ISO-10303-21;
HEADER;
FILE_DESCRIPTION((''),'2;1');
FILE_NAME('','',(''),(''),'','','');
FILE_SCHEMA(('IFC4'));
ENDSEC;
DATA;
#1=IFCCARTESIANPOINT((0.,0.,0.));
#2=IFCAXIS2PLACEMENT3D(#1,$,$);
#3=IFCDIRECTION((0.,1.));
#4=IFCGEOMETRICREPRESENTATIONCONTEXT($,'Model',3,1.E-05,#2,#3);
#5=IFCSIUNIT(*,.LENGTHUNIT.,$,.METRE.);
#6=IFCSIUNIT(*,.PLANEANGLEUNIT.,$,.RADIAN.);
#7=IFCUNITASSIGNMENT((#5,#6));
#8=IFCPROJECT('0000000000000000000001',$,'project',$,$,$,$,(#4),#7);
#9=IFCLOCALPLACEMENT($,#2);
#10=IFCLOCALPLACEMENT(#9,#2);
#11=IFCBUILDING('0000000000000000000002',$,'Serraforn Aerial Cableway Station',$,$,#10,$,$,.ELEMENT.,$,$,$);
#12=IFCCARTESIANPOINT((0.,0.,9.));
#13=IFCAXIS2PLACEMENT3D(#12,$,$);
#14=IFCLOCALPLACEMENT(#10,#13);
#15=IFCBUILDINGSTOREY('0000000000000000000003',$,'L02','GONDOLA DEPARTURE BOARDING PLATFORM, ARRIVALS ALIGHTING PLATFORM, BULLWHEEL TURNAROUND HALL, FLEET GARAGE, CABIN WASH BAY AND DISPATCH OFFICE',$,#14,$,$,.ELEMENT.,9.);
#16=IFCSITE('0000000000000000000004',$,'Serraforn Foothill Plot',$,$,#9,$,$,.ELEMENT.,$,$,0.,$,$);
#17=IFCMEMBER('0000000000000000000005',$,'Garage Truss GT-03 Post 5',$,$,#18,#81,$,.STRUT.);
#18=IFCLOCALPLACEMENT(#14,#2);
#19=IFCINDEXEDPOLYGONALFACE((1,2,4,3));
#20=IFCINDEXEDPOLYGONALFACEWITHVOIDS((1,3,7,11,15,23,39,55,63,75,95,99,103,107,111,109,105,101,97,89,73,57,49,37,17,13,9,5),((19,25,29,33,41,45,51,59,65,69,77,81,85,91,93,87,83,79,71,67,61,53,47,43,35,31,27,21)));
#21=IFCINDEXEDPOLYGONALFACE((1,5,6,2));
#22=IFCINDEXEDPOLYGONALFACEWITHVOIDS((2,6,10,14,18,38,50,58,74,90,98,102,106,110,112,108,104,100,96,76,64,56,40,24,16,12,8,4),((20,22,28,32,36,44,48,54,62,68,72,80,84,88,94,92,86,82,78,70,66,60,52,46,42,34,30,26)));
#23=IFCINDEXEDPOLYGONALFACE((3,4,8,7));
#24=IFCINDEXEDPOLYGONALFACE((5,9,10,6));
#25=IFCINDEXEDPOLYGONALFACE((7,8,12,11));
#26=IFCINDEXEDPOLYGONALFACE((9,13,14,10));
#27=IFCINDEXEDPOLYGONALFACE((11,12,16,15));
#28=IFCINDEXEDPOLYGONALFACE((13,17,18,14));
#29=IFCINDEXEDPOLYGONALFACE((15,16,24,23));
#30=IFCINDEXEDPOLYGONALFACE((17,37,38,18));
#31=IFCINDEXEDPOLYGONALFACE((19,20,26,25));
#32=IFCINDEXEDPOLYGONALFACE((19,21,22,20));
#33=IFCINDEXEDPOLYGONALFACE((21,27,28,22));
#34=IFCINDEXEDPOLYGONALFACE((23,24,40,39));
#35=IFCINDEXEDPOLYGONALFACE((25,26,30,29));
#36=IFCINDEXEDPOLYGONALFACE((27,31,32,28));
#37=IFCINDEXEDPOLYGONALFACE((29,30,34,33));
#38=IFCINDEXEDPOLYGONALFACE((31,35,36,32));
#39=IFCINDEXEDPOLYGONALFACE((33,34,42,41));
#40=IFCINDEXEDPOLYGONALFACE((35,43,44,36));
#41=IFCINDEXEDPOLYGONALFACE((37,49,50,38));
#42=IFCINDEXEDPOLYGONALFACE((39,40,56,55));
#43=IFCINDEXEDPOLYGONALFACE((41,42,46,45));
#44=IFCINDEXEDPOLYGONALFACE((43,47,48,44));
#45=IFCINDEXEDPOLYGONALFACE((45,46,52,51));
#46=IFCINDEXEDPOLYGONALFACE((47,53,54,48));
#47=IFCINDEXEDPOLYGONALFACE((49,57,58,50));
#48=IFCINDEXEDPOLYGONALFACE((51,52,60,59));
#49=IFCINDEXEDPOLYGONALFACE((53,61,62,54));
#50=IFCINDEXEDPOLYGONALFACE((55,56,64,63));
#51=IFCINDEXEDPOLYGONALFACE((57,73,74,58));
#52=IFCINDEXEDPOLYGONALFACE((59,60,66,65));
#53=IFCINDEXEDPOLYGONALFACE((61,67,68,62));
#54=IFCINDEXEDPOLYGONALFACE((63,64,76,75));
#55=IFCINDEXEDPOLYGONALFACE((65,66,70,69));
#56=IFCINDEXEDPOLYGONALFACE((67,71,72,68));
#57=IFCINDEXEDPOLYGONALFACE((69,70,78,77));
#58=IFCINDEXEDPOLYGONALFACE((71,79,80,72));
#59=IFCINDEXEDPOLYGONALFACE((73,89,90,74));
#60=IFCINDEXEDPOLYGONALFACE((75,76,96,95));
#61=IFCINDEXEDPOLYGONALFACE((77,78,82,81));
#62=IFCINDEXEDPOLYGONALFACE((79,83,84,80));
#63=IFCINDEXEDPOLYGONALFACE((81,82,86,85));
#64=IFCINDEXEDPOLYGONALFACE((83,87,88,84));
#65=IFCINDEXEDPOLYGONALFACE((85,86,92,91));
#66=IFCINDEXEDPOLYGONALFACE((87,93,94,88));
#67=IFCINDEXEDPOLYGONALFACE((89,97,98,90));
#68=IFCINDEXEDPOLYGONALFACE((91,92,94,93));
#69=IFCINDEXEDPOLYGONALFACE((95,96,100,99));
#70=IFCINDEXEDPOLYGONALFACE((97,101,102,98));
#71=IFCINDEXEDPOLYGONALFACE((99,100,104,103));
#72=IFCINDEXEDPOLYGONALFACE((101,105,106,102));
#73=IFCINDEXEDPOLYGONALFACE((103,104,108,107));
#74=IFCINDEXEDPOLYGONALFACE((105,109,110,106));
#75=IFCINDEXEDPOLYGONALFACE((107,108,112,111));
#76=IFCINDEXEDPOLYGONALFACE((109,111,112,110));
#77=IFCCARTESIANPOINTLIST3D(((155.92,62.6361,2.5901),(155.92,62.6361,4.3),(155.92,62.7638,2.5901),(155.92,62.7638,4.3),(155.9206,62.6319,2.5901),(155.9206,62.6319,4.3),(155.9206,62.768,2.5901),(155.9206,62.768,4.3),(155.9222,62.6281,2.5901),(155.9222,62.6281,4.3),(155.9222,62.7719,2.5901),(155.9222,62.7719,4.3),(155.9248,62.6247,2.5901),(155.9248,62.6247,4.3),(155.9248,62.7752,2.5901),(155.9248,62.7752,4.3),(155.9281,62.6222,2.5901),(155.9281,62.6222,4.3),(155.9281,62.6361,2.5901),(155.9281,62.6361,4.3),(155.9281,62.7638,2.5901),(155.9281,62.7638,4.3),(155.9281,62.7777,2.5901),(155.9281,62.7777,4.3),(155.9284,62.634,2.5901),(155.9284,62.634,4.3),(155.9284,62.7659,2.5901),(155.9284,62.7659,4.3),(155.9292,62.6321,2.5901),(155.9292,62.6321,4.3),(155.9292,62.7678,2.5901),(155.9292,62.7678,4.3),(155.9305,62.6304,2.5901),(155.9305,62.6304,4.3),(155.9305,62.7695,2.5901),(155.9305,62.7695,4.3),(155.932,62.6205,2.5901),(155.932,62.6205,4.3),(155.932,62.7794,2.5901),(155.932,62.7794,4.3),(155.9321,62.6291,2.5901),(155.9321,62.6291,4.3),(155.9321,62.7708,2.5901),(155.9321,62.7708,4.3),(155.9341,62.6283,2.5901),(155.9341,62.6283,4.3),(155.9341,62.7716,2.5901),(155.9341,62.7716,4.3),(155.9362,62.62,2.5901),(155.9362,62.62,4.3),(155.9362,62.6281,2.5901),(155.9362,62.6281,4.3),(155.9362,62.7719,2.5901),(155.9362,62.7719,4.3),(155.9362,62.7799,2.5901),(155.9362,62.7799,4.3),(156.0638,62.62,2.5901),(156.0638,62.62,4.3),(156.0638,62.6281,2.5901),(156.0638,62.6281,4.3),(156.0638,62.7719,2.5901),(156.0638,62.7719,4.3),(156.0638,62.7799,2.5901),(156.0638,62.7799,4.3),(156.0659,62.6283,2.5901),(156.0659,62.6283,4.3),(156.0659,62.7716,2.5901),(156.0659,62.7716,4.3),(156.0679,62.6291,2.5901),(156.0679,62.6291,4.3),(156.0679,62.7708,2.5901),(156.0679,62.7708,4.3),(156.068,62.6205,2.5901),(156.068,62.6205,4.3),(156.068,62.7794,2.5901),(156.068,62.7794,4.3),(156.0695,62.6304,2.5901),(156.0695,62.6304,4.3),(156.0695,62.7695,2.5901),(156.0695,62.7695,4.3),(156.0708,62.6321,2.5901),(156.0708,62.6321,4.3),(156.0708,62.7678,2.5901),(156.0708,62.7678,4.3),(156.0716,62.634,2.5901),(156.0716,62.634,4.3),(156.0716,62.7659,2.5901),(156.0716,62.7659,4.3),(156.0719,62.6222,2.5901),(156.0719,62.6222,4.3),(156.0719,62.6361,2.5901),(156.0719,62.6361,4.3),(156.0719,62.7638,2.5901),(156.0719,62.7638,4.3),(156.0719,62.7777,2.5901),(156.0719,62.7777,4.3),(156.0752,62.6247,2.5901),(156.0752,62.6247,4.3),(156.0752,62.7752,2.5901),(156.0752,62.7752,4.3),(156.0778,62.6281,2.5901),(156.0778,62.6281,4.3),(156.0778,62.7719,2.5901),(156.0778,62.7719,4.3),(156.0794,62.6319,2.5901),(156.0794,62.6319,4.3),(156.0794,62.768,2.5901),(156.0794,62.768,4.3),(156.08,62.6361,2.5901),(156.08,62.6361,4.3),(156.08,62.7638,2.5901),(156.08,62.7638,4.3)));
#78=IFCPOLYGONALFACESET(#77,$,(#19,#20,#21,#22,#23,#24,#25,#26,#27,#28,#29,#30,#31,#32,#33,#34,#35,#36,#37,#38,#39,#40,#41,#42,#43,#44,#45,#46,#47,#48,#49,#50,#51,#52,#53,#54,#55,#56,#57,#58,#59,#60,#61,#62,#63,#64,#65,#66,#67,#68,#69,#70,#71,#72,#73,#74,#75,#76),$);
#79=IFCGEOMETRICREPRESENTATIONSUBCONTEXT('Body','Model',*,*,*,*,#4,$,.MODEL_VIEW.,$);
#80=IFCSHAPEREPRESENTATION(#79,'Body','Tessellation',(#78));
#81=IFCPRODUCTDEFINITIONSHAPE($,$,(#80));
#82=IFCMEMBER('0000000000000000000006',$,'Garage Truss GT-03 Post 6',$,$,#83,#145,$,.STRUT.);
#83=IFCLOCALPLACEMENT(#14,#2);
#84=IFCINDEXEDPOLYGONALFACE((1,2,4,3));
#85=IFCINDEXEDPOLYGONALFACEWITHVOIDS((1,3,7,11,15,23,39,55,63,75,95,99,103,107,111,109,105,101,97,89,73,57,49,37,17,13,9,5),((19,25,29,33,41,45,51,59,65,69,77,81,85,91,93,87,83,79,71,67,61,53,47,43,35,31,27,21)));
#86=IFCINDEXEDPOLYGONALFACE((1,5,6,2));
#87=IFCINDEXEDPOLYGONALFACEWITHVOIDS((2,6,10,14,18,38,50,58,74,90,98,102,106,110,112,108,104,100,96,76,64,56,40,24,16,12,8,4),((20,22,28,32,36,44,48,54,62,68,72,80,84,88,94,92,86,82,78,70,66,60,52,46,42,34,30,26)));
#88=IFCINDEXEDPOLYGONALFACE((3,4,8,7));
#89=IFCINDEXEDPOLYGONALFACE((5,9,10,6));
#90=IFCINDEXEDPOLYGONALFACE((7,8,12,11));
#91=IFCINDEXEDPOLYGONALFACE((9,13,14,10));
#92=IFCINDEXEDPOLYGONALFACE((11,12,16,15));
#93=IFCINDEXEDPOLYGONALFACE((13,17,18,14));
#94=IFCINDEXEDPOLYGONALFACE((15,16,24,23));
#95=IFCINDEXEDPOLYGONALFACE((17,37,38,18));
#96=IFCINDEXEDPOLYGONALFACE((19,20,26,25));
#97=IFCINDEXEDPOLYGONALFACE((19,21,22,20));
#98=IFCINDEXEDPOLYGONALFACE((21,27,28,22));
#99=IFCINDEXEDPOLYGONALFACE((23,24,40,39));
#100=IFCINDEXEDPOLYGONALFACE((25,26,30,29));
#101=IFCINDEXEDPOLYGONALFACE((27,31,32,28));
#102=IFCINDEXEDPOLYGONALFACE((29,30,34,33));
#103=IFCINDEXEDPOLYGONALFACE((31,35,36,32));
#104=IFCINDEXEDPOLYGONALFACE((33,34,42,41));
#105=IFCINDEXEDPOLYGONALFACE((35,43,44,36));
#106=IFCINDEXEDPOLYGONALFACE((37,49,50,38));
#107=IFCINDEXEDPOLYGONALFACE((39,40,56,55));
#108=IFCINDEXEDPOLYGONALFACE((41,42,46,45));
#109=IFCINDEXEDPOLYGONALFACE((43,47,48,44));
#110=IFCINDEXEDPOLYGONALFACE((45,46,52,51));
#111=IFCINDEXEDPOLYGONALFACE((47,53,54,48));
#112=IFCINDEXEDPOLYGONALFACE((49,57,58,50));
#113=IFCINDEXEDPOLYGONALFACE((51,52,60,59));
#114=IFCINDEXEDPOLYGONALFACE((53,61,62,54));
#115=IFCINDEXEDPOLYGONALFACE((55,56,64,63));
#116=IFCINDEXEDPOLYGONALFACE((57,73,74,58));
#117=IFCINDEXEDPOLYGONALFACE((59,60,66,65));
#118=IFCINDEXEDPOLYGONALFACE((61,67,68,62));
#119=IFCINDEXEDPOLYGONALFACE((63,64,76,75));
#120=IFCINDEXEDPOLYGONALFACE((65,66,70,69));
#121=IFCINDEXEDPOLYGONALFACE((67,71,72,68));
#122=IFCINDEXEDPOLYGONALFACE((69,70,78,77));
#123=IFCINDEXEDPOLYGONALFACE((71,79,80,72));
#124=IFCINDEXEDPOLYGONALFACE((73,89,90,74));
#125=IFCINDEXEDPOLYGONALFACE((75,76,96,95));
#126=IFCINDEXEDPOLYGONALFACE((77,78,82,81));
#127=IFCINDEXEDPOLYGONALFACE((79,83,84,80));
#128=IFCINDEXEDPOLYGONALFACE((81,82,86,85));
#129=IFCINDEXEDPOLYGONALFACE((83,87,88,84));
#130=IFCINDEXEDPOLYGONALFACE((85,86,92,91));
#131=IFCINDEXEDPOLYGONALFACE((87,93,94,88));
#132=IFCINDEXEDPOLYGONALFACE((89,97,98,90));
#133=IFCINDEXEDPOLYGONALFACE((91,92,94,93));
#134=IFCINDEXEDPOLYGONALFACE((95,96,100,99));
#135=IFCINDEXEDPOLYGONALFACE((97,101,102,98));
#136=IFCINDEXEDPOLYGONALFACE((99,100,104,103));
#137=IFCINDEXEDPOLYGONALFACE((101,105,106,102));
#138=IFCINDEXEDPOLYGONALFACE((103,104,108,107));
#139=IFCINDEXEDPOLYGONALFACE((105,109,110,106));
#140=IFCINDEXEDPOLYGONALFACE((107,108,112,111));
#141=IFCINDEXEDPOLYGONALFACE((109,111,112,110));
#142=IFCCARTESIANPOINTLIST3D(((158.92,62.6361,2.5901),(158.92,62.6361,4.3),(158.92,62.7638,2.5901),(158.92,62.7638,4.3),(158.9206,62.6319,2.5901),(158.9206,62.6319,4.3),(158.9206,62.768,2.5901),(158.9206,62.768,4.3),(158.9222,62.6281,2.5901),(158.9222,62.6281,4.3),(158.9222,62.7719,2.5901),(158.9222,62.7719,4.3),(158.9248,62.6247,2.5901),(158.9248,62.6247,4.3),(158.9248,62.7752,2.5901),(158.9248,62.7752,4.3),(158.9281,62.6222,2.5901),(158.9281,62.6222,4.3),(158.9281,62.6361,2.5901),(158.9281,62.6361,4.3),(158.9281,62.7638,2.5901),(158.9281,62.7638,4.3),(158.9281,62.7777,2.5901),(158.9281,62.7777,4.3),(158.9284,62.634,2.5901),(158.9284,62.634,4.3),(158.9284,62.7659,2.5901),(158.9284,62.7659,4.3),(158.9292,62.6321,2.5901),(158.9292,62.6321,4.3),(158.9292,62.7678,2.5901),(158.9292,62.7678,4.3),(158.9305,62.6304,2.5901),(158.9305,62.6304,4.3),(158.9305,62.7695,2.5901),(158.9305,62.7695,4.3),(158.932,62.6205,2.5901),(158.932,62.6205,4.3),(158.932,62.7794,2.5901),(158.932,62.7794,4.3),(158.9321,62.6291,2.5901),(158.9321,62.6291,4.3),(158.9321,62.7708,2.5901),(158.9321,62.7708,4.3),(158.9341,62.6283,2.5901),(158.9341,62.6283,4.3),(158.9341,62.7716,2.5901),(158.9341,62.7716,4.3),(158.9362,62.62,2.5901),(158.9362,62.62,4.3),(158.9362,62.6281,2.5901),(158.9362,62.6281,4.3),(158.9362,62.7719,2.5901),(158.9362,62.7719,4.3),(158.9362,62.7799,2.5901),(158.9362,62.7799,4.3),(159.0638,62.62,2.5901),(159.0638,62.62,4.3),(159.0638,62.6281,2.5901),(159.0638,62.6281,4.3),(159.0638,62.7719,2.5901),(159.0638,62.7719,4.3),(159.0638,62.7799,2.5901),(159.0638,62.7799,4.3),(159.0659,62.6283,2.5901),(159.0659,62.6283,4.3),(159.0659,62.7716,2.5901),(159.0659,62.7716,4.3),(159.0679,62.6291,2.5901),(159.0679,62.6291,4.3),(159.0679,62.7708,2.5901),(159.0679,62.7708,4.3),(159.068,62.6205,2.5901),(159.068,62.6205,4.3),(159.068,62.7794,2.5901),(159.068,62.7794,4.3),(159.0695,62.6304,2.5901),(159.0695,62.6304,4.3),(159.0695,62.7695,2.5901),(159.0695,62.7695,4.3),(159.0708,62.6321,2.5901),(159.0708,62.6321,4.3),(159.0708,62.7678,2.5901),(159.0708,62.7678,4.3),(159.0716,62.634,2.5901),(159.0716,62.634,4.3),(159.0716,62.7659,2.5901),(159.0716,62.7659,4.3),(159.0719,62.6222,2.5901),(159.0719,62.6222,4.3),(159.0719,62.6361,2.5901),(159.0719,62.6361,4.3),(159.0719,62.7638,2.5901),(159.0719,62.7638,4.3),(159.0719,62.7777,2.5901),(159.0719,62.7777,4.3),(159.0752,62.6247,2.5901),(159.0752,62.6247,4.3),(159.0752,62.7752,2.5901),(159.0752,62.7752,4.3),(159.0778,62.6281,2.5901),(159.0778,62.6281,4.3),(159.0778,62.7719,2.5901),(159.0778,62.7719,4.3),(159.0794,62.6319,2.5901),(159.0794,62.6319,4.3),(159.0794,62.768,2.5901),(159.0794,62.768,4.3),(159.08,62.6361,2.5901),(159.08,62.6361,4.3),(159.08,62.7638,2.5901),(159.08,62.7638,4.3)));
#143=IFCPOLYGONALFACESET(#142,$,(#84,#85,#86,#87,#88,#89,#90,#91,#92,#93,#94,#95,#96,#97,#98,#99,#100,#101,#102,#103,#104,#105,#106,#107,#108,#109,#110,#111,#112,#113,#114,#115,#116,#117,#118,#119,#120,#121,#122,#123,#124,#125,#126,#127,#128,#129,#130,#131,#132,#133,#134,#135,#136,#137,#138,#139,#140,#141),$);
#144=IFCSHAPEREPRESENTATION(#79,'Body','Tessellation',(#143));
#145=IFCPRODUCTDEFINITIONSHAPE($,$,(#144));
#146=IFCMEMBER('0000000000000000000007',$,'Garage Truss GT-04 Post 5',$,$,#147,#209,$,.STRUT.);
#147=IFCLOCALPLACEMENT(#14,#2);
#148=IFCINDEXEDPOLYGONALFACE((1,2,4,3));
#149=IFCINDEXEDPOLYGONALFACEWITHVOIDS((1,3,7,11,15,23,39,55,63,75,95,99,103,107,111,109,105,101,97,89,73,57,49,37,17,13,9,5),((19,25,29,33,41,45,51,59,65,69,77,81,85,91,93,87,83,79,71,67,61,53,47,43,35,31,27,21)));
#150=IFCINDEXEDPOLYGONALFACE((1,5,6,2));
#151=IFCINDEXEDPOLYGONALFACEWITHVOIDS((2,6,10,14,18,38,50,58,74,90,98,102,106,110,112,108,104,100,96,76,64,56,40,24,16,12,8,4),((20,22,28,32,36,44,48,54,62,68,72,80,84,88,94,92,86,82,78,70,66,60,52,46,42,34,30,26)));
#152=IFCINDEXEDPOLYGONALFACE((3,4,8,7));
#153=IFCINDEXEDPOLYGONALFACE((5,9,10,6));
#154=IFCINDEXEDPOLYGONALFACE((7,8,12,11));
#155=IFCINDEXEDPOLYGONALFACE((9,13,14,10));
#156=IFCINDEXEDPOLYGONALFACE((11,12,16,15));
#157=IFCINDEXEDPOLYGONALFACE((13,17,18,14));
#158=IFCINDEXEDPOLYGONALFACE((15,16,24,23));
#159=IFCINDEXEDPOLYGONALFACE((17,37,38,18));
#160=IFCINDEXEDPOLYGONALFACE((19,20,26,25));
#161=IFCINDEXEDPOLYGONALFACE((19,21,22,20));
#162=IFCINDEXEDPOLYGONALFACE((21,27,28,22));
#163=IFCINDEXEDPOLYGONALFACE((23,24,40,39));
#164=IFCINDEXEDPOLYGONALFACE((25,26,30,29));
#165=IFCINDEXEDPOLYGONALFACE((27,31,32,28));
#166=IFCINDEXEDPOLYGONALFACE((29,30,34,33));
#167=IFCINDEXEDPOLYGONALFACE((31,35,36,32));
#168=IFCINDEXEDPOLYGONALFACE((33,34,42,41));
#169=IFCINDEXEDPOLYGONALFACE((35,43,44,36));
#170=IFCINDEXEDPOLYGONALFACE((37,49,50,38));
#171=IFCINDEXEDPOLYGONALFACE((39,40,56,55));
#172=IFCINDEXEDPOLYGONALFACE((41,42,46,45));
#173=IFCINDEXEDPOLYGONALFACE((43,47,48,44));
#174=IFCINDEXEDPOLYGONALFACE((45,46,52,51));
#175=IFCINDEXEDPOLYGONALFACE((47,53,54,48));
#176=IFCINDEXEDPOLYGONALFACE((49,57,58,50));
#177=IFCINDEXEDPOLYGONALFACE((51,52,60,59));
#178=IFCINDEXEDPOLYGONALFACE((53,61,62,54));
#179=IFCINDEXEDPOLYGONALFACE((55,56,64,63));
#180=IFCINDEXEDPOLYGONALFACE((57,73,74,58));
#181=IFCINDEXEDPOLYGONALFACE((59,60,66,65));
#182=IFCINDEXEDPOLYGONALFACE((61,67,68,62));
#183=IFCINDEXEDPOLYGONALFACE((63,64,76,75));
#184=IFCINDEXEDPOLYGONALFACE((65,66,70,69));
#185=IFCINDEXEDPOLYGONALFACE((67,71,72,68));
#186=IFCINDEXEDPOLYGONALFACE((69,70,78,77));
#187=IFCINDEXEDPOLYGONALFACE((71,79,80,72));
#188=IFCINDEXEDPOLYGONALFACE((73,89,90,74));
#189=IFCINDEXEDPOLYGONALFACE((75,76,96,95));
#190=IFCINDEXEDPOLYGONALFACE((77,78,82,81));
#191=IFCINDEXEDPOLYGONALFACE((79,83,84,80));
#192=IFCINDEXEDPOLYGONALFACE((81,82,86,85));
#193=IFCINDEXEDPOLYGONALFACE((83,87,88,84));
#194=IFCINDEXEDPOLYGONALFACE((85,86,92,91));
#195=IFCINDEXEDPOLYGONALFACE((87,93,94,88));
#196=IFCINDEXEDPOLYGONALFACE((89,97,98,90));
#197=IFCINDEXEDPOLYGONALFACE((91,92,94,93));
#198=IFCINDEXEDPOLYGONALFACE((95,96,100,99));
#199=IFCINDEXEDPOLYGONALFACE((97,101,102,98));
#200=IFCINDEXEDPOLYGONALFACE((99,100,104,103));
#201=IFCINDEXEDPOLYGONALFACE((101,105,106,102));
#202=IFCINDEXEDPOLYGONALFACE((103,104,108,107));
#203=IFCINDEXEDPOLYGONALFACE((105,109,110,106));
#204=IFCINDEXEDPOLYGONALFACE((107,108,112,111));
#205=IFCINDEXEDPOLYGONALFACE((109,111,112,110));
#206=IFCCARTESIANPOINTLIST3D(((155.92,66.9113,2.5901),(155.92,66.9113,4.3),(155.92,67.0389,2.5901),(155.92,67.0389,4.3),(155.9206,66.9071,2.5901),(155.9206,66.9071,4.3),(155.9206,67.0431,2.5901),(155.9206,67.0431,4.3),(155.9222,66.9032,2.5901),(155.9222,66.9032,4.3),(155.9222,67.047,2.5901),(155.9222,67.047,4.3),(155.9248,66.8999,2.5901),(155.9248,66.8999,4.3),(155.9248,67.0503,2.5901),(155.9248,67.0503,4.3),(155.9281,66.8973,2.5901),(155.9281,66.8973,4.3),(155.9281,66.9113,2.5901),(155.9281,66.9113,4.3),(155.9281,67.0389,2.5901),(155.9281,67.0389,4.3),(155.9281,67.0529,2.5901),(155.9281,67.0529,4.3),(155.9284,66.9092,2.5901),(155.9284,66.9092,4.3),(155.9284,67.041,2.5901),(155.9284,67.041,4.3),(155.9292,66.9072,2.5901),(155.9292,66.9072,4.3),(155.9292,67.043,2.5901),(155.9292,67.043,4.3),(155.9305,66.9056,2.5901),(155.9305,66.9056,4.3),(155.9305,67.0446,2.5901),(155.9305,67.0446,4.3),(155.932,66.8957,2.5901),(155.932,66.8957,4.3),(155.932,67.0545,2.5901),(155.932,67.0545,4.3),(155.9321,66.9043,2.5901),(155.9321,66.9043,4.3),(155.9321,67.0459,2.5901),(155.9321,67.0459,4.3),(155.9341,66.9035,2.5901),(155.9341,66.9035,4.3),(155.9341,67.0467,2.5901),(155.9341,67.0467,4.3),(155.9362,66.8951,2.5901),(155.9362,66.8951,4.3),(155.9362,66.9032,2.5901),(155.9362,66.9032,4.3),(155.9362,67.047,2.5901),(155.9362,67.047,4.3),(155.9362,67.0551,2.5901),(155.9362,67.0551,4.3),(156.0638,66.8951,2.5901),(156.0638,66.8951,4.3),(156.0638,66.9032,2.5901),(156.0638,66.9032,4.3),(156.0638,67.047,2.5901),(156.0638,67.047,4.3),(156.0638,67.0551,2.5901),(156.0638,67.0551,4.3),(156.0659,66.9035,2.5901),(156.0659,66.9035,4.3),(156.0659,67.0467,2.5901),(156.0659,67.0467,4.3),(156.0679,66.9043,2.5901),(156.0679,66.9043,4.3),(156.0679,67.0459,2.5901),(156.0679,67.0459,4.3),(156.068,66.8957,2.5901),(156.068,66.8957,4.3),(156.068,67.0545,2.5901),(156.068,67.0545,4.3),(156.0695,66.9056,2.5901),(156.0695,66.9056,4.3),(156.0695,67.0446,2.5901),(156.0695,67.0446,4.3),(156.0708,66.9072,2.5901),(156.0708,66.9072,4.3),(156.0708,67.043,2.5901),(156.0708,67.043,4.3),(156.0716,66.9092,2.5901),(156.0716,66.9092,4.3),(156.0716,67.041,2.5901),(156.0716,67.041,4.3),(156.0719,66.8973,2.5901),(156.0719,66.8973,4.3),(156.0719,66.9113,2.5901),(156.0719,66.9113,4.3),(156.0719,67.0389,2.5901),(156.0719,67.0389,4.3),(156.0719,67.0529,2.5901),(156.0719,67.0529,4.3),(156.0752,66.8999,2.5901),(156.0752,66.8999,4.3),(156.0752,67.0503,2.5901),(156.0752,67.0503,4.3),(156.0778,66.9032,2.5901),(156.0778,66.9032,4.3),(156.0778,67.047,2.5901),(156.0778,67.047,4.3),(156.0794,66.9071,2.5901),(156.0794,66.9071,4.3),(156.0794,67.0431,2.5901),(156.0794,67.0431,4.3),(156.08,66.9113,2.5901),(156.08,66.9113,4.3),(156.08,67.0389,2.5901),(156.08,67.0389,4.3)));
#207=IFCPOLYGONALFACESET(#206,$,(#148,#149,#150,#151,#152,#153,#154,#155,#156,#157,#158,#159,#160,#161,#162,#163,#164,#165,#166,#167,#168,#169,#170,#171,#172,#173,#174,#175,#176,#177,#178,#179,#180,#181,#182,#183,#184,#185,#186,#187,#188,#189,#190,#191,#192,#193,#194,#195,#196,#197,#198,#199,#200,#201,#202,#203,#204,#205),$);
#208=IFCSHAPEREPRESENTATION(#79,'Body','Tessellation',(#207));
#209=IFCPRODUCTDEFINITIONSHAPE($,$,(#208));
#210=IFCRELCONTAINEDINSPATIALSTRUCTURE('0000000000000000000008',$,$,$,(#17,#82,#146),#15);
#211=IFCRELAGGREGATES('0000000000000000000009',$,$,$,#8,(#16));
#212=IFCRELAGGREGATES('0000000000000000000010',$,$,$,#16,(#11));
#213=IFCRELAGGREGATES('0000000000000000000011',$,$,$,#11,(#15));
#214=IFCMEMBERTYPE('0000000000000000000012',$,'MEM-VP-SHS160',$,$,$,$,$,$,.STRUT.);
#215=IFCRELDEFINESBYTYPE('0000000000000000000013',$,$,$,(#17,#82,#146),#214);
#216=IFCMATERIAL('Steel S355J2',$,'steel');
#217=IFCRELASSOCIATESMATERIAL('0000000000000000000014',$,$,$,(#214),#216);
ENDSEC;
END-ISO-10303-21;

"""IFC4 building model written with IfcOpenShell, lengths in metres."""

from ifc_helpers import new_model, si_unit, direction, frame, origin, origin_2d, place, context, subcontext, project, spatial, hollow_rectangle, extrude, material, material_profile, profile_set, type_object, element, save


model = new_model("IFC4")

# Units and contexts
model_context = context("Model", 3, precision=1e-05, world=origin(), true_north=direction((0.0, 1.0)))
body_context = subcontext(model_context, "Body", "Model", "MODEL_VIEW")
ifc_project = project(units=[si_unit("LENGTHUNIT", "METRE"), si_unit("PLANEANGLEUNIT", "RADIAN")], contexts=[model_context])

# Site, building, storey
site_placement = place(None, origin())
site = spatial("IfcSite", under=ifc_project, at=site_placement, Name="Serraforn Foothill Plot", CompositionType="ELEMENT", RefElevation=0.0)
building_placement = place(site_placement, origin())
building = spatial("IfcBuilding", under=site, at=building_placement, Name="Serraforn Aerial Cableway Station", CompositionType="ELEMENT")
storey_placement = place(building_placement, frame((0.0, 0.0, 9.0)))
storey = spatial("IfcBuildingStorey", under=building, at=storey_placement, Name="L02", Description="GONDOLA DEPARTURE BOARDING PLATFORM, ARRIVALS ALIGHTING PLATFORM, BULLWHEEL TURNAROUND HALL, FLEET GARAGE, CABIN WASH BAY AND DISPATCH OFFICE", CompositionType="ELEMENT", Elevation=9.0)

# Members
ifc_material_1 = material(Name="Steel S355J2", Category="steel")
ifc_material_profile_1 = material_profile(ifc_material_1, hollow_rectangle(XDim=0.1599, YDim=0.1599, WallThickness=0.0081, InnerFilletRadius=0.0081, OuterFilletRadius=0.0161, at=origin_2d()), Name="SHS 160x160x8.0")
ifc_profile_set_1 = profile_set([ifc_material_profile_1], Name="Steel S355J2")
member_type_1 = type_object("IfcMemberType", Name="MEM-VP-SHS160", PredefinedType="STRUT", material=ifc_profile_set_1)
for number, where, z_axis, x_axis, name in (
    (1, (156.0, 62.7, 2.5901), (0.0, 0.0, 1.0), (1.0, 0.0, 0.0), "Garage Truss GT-03 Post 5"),
    (2, (159.0, 62.7, 2.5901), (0.0, 0.0, 1.0), (1.0, 0.0, 0.0), "Garage Truss GT-03 Post 6"),
    (3, (156.0, 66.9751, 2.5901), (0.0, 0.0, 1.0), (1.0, 0.0, 0.0), "Garage Truss GT-04 Post 5"),
):
    element("IfcMember", number, at=place(storey_placement, frame(where, z_axis=z_axis, x_axis=x_axis)), inside=storey, type_object=member_type_1, Name=name, PredefinedType="STRUT", context=body_context, shape_type="SweptSolid", body=[
        extrude(hollow_rectangle(XDim=0.1599, YDim=0.1599, WallThickness=0.0081, InnerFilletRadius=0.0081, OuterFilletRadius=0.0161, at=origin_2d()), origin(), (0.0, 0.0, 1.0), 1.71),
    ])

save(model, "model.ifc")
